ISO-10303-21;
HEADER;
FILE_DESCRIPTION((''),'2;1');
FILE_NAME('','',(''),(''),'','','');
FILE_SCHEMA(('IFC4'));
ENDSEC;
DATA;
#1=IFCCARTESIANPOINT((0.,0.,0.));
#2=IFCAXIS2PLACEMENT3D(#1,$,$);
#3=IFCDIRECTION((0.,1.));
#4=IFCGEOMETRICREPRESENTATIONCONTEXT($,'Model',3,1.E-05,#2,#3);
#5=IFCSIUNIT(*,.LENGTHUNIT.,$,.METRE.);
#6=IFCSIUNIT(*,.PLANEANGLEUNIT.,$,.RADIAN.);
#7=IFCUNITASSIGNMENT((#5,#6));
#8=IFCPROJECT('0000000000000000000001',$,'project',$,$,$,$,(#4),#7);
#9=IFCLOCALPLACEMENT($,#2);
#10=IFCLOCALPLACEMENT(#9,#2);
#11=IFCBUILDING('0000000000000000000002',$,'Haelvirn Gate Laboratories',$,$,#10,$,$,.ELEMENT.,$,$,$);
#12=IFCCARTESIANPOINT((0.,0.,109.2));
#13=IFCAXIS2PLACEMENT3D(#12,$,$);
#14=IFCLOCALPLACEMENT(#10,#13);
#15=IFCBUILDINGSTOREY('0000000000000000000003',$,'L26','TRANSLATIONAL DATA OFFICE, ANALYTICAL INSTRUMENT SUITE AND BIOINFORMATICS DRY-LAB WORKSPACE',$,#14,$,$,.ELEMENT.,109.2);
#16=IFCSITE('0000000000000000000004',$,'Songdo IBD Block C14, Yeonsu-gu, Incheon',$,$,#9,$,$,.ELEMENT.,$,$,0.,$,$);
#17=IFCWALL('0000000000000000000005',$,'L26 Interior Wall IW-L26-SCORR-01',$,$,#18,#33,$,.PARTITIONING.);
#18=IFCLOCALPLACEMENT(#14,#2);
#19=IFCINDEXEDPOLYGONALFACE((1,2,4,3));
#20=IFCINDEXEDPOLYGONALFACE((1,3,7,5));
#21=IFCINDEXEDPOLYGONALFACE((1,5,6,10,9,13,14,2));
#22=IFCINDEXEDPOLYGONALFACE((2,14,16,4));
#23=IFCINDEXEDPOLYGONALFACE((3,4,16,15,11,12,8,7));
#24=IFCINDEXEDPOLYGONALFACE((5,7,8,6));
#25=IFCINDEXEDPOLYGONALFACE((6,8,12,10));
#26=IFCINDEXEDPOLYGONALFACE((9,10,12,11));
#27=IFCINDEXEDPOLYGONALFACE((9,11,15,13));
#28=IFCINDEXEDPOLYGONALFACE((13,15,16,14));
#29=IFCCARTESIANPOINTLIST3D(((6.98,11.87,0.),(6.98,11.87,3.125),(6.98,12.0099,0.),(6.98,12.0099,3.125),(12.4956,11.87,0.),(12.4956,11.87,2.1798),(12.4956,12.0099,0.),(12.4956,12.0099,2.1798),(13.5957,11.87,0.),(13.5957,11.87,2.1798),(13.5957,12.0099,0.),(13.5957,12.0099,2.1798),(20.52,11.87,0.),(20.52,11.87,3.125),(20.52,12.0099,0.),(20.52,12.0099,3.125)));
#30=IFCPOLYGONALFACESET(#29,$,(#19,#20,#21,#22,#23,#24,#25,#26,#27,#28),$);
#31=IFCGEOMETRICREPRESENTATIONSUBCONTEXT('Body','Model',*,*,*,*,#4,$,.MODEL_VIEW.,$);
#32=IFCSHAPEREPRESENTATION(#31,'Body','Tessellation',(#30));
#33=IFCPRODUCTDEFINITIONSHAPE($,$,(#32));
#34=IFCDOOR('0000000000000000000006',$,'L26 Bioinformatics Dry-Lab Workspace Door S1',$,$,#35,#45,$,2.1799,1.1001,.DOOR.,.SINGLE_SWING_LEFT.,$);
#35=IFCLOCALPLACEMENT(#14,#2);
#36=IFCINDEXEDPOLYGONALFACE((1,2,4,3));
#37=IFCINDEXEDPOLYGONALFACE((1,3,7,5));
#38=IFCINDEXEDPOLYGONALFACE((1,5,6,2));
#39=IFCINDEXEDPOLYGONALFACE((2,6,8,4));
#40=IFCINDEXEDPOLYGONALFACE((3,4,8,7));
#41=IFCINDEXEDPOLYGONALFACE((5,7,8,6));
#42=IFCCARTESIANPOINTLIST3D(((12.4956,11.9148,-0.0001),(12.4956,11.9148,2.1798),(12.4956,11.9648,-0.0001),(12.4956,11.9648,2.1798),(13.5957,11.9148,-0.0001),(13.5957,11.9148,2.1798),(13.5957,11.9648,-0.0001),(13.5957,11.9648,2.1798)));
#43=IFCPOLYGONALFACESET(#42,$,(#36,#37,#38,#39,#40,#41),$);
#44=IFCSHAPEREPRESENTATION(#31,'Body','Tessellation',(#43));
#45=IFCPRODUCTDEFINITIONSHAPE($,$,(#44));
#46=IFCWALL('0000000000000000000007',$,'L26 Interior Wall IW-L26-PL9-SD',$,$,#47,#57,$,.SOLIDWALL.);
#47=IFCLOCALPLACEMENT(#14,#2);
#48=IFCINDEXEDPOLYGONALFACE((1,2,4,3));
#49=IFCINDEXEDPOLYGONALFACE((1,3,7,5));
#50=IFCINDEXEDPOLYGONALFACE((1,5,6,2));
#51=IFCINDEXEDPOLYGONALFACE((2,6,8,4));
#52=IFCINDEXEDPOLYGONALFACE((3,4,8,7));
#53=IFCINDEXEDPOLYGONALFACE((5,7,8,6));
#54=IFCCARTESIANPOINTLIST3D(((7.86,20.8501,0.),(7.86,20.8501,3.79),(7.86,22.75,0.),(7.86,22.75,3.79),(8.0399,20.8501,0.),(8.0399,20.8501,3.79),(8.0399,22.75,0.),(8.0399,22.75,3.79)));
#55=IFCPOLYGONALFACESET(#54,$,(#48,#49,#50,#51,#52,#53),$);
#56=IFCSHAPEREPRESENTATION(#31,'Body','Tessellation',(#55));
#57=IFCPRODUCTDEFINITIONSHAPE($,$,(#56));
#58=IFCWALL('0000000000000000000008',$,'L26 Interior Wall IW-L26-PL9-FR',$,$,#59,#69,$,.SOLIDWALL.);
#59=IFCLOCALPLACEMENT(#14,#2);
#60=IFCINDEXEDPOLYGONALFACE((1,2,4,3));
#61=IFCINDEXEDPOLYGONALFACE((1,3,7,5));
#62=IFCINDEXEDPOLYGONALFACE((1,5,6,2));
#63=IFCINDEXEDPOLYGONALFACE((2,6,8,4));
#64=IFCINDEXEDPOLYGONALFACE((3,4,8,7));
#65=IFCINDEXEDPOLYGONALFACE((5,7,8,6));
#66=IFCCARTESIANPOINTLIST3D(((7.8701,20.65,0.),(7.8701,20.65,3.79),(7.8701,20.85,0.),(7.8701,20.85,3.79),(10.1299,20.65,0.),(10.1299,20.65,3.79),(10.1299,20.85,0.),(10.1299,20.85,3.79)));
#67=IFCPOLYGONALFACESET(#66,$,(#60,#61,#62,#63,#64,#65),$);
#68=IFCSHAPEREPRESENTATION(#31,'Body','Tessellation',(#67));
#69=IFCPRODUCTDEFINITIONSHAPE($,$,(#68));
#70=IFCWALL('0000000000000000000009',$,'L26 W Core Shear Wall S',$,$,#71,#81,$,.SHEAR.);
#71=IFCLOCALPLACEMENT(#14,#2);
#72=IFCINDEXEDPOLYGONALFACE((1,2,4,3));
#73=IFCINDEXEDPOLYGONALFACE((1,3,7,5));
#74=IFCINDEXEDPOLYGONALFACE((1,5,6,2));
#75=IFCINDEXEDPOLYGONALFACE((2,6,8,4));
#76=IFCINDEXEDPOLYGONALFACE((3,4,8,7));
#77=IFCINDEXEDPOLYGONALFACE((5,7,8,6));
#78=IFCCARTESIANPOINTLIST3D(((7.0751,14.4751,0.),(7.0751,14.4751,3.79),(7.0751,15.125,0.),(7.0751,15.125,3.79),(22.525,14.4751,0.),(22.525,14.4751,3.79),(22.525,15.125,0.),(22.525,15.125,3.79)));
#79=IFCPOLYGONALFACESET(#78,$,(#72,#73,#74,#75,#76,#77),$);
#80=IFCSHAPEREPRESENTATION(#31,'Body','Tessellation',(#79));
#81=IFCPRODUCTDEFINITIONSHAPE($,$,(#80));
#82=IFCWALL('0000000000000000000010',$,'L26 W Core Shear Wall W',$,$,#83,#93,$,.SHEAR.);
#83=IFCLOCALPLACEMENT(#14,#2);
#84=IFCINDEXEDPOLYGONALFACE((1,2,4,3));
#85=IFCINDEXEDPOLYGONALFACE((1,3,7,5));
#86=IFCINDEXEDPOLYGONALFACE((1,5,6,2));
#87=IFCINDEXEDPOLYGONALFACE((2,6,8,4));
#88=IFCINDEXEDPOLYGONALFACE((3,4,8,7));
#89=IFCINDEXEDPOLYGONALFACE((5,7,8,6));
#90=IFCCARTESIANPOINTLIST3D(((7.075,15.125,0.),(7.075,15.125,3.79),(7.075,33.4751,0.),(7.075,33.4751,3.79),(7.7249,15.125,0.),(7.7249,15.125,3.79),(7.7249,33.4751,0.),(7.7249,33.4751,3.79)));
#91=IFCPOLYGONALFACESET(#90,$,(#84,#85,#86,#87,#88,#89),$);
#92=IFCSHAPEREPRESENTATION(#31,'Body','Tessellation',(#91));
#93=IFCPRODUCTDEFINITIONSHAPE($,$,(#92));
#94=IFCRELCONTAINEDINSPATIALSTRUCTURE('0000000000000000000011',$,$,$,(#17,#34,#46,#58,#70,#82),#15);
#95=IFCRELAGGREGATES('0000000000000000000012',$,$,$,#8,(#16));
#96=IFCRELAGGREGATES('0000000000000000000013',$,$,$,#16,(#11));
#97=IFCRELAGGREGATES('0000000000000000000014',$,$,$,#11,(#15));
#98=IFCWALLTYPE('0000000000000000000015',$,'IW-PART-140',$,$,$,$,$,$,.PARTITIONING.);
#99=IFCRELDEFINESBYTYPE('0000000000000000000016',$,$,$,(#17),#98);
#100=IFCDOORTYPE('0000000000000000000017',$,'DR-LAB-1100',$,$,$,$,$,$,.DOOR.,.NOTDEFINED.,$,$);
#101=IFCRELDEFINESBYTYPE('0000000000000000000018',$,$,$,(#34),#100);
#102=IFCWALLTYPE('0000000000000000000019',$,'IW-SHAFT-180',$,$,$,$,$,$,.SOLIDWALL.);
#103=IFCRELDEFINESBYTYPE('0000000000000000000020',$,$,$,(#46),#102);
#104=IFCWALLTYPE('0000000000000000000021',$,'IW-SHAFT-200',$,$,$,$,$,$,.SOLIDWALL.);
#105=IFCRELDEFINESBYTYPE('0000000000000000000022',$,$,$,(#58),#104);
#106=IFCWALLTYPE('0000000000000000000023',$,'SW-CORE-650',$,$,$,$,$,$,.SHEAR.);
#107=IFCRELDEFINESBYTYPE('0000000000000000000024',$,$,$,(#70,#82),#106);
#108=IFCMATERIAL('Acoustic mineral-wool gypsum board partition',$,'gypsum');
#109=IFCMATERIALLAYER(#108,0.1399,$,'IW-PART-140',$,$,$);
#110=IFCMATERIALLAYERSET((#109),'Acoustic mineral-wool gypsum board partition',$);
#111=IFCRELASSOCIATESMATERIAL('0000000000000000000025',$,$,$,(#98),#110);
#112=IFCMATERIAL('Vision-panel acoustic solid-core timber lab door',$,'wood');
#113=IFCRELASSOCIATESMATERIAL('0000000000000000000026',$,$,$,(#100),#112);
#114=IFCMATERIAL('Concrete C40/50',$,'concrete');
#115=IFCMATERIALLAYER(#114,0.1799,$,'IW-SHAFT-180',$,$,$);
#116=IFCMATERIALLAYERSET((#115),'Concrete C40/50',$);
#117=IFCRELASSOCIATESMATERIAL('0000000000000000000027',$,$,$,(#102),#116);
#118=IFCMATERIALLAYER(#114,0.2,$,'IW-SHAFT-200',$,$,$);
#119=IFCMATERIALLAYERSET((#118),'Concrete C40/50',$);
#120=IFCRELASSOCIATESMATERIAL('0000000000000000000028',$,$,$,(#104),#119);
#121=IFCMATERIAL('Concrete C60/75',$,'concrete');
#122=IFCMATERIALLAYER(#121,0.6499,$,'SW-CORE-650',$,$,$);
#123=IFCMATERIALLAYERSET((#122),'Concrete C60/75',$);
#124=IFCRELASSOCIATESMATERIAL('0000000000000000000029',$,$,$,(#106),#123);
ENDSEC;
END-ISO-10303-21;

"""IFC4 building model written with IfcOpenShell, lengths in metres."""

from ifc_helpers import new_model, si_unit, direction, frame, frame_2d, origin, place, context, subcontext, project, spatial, rectangle, extrude, source, transform, mapped, material, layer, layer_set, type_object, type_shapes, element, fill, save


model = new_model("IFC4")

# Units and contexts
model_context = context("Model", 3, precision=1e-05, world=origin(), true_north=direction((0.0, 1.0)))
body_context = subcontext(model_context, "Body", "Model", "MODEL_VIEW")
ifc_project = project(units=[si_unit("LENGTHUNIT", "METRE"), si_unit("PLANEANGLEUNIT", "RADIAN")], contexts=[model_context])

# Site, building, storey
site_placement = place(None, origin())
site = spatial("IfcSite", under=ifc_project, at=site_placement, Name="Songdo IBD Block C14, Yeonsu-gu, Incheon", CompositionType="ELEMENT", RefElevation=0.0)
building_placement = place(site_placement, origin())
building = spatial("IfcBuilding", under=site, at=building_placement, Name="Haelvirn Gate Laboratories", CompositionType="ELEMENT")
storey_placement = place(building_placement, frame((0.0, 0.0, 109.2)))
storey = spatial("IfcBuildingStorey", under=building, at=storey_placement, Name="L26", Description="TRANSLATIONAL DATA OFFICE, ANALYTICAL INSTRUMENT SUITE AND BIOINFORMATICS DRY-LAB WORKSPACE", CompositionType="ELEMENT", Elevation=109.2)

# Shared definitions
ifc_material_1 = material(Name="Concrete C60/75", Category="concrete")

# Wall, opening, door
ifc_material_2 = material(Name="Acoustic mineral-wool gypsum board partition", Category="gypsum")
ifc_layer_1 = layer(ifc_material_2, 0.1399, Name="IW-PART-140")
ifc_layer_set_1 = layer_set([ifc_layer_1], Name="Acoustic mineral-wool gypsum board partition")
wall_type_1 = type_object("IfcWallType", Name="IW-PART-140", PredefinedType="PARTITIONING", material=ifc_layer_set_1)
wall_1_placement = place(storey_placement, frame((6.98, 11.9399, 0.0), z_axis=(0.0, 0.0, 1.0), x_axis=(1.0, 0.0, 0.0)))
wall_1 = element("IfcWall", 1, at=wall_1_placement, inside=storey, type_object=wall_type_1, Name="L26 Interior Wall IW-L26-SCORR-01", PredefinedType="PARTITIONING", context=body_context, shape_type="SweptSolid", body=[
    extrude(rectangle(XDim=13.54, YDim=0.1399, at=frame_2d((6.77, 0.0))), origin(), (0.0, 0.0, 1.0), 3.125),
])
opening_1_placement = place(wall_1_placement, frame((5.5156, 0.0, 0.0)))
opening_1 = element("IfcOpeningElement", 2, at=opening_1_placement, cuts=wall_1, PredefinedType="OPENING", context=body_context, shape_type="SweptSolid", body=[
    extrude(rectangle(XDim=1.1001, YDim=2.1799, at=frame_2d((0.55, 1.0898))), frame((0.0, 0.0801, 0.0), z_axis=(0.0, -1.0, 0.0), x_axis=(1.0, 0.0, 0.0)), (0.0, 0.0, 1.0), 0.1599),
])
ifc_material_3 = material(Name="Vision-panel acoustic solid-core timber lab door", Category="wood")
door_type_1 = type_object("IfcDoorType", Name="DR-LAB-1100", OperationType="NOTDEFINED", PredefinedType="DOOR", material=ifc_material_3)
shared_shape_1 = source(origin(), body_context, "Body", "SweptSolid", [
    extrude(rectangle(XDim=1.1001, YDim=2.1799, at=frame_2d((0.55, 1.0898))), frame((0.0, 0.0249, 0.0), z_axis=(0.0, -1.0, 0.0), x_axis=(1.0, 0.0, 0.0)), (0.0, 0.0, 1.0), 0.05),
])
type_shapes(door_type_1, [shared_shape_1])
door_1_placement = place(opening_1_placement, origin())
door_1 = element("IfcDoor", 3, at=door_1_placement, inside=storey, type_object=door_type_1, Name="L26 Bioinformatics Dry-Lab Workspace Door S1", OperationType="SINGLE_SWING_LEFT", OverallHeight=2.1799, OverallWidth=1.1001, PredefinedType="DOOR", context=body_context, shape_type="MappedRepresentation", body=[
    mapped(shared_shape_1, transform((0.0, 0.0, 0.0), scale=1.0)),
])
fill(opening_1, door_1)

# Wall
ifc_material_4 = material(Name="Concrete C40/50", Category="concrete")
ifc_layer_2 = layer(ifc_material_4, 0.1799, Name="IW-SHAFT-180")
ifc_layer_set_2 = layer_set([ifc_layer_2], Name="Concrete C40/50")
wall_type_2 = type_object("IfcWallType", Name="IW-SHAFT-180", PredefinedType="SOLIDWALL", material=ifc_layer_set_2)
wall_2_placement = place(storey_placement, frame((7.95, 20.8501, 0.0), z_axis=(0.0, 0.0, 1.0), x_axis=(0.0, 1.0, 0.0)))
element("IfcWall", 4, at=wall_2_placement, inside=storey, type_object=wall_type_2, Name="L26 Interior Wall IW-L26-PL9-SD", PredefinedType="SOLIDWALL", context=body_context, shape_type="SweptSolid", body=[
    extrude(rectangle(XDim=1.8999, YDim=0.1799, at=frame_2d((0.95, 0.0))), origin(), (0.0, 0.0, 1.0), 3.79),
])

# Walls
ifc_layer_3 = layer(ifc_material_4, 0.2, Name="IW-SHAFT-200")
ifc_layer_set_3 = layer_set([ifc_layer_3], Name="Concrete C40/50")
wall_type_3 = type_object("IfcWallType", Name="IW-SHAFT-200", PredefinedType="SOLIDWALL", material=ifc_layer_set_3)
wall_3_placement = place(storey_placement, frame((7.8701, 20.75, 0.0), z_axis=(0.0, 0.0, 1.0), x_axis=(1.0, 0.0, 0.0)))
element("IfcWall", 5, at=wall_3_placement, inside=storey, type_object=wall_type_3, Name="L26 Interior Wall IW-L26-PL9-FR", PredefinedType="SOLIDWALL", context=body_context, shape_type="SweptSolid", body=[
    extrude(rectangle(XDim=2.2598, YDim=0.2, at=frame_2d((1.1299, 0.0))), origin(), (0.0, 0.0, 1.0), 3.79),
])
ifc_layer_4 = layer(ifc_material_1, 0.6499, Name="SW-CORE-650")
ifc_layer_set_4 = layer_set([ifc_layer_4], Name="Concrete C60/75")
wall_type_4 = type_object("IfcWallType", Name="SW-CORE-650", PredefinedType="SHEAR", material=ifc_layer_set_4)
wall_4_placement = place(storey_placement, frame((7.075, 14.8, 0.0), z_axis=(0.0, 0.0, 1.0), x_axis=(1.0, 0.0, 0.0)))
element("IfcWall", 6, at=wall_4_placement, inside=storey, type_object=wall_type_4, Name="L26 W Core Shear Wall S", PredefinedType="SHEAR", context=body_context, shape_type="SweptSolid", body=[
    extrude(rectangle(XDim=15.45, YDim=0.6499, at=frame_2d((7.7251, 0.0))), origin(), (0.0, 0.0, 1.0), 3.79),
])
wall_5_placement = place(storey_placement, frame((7.3999, 15.125, 0.0), z_axis=(0.0, 0.0, 1.0), x_axis=(0.0, 1.0, 0.0)))
element("IfcWall", 7, at=wall_5_placement, inside=storey, type_object=wall_type_4, Name="L26 W Core Shear Wall W", PredefinedType="SHEAR", context=body_context, shape_type="SweptSolid", body=[
    extrude(rectangle(XDim=18.3501, YDim=0.6499, at=frame_2d((9.175, 0.0))), origin(), (0.0, 0.0, 1.0), 3.79),
])

save(model, "model.ifc")
